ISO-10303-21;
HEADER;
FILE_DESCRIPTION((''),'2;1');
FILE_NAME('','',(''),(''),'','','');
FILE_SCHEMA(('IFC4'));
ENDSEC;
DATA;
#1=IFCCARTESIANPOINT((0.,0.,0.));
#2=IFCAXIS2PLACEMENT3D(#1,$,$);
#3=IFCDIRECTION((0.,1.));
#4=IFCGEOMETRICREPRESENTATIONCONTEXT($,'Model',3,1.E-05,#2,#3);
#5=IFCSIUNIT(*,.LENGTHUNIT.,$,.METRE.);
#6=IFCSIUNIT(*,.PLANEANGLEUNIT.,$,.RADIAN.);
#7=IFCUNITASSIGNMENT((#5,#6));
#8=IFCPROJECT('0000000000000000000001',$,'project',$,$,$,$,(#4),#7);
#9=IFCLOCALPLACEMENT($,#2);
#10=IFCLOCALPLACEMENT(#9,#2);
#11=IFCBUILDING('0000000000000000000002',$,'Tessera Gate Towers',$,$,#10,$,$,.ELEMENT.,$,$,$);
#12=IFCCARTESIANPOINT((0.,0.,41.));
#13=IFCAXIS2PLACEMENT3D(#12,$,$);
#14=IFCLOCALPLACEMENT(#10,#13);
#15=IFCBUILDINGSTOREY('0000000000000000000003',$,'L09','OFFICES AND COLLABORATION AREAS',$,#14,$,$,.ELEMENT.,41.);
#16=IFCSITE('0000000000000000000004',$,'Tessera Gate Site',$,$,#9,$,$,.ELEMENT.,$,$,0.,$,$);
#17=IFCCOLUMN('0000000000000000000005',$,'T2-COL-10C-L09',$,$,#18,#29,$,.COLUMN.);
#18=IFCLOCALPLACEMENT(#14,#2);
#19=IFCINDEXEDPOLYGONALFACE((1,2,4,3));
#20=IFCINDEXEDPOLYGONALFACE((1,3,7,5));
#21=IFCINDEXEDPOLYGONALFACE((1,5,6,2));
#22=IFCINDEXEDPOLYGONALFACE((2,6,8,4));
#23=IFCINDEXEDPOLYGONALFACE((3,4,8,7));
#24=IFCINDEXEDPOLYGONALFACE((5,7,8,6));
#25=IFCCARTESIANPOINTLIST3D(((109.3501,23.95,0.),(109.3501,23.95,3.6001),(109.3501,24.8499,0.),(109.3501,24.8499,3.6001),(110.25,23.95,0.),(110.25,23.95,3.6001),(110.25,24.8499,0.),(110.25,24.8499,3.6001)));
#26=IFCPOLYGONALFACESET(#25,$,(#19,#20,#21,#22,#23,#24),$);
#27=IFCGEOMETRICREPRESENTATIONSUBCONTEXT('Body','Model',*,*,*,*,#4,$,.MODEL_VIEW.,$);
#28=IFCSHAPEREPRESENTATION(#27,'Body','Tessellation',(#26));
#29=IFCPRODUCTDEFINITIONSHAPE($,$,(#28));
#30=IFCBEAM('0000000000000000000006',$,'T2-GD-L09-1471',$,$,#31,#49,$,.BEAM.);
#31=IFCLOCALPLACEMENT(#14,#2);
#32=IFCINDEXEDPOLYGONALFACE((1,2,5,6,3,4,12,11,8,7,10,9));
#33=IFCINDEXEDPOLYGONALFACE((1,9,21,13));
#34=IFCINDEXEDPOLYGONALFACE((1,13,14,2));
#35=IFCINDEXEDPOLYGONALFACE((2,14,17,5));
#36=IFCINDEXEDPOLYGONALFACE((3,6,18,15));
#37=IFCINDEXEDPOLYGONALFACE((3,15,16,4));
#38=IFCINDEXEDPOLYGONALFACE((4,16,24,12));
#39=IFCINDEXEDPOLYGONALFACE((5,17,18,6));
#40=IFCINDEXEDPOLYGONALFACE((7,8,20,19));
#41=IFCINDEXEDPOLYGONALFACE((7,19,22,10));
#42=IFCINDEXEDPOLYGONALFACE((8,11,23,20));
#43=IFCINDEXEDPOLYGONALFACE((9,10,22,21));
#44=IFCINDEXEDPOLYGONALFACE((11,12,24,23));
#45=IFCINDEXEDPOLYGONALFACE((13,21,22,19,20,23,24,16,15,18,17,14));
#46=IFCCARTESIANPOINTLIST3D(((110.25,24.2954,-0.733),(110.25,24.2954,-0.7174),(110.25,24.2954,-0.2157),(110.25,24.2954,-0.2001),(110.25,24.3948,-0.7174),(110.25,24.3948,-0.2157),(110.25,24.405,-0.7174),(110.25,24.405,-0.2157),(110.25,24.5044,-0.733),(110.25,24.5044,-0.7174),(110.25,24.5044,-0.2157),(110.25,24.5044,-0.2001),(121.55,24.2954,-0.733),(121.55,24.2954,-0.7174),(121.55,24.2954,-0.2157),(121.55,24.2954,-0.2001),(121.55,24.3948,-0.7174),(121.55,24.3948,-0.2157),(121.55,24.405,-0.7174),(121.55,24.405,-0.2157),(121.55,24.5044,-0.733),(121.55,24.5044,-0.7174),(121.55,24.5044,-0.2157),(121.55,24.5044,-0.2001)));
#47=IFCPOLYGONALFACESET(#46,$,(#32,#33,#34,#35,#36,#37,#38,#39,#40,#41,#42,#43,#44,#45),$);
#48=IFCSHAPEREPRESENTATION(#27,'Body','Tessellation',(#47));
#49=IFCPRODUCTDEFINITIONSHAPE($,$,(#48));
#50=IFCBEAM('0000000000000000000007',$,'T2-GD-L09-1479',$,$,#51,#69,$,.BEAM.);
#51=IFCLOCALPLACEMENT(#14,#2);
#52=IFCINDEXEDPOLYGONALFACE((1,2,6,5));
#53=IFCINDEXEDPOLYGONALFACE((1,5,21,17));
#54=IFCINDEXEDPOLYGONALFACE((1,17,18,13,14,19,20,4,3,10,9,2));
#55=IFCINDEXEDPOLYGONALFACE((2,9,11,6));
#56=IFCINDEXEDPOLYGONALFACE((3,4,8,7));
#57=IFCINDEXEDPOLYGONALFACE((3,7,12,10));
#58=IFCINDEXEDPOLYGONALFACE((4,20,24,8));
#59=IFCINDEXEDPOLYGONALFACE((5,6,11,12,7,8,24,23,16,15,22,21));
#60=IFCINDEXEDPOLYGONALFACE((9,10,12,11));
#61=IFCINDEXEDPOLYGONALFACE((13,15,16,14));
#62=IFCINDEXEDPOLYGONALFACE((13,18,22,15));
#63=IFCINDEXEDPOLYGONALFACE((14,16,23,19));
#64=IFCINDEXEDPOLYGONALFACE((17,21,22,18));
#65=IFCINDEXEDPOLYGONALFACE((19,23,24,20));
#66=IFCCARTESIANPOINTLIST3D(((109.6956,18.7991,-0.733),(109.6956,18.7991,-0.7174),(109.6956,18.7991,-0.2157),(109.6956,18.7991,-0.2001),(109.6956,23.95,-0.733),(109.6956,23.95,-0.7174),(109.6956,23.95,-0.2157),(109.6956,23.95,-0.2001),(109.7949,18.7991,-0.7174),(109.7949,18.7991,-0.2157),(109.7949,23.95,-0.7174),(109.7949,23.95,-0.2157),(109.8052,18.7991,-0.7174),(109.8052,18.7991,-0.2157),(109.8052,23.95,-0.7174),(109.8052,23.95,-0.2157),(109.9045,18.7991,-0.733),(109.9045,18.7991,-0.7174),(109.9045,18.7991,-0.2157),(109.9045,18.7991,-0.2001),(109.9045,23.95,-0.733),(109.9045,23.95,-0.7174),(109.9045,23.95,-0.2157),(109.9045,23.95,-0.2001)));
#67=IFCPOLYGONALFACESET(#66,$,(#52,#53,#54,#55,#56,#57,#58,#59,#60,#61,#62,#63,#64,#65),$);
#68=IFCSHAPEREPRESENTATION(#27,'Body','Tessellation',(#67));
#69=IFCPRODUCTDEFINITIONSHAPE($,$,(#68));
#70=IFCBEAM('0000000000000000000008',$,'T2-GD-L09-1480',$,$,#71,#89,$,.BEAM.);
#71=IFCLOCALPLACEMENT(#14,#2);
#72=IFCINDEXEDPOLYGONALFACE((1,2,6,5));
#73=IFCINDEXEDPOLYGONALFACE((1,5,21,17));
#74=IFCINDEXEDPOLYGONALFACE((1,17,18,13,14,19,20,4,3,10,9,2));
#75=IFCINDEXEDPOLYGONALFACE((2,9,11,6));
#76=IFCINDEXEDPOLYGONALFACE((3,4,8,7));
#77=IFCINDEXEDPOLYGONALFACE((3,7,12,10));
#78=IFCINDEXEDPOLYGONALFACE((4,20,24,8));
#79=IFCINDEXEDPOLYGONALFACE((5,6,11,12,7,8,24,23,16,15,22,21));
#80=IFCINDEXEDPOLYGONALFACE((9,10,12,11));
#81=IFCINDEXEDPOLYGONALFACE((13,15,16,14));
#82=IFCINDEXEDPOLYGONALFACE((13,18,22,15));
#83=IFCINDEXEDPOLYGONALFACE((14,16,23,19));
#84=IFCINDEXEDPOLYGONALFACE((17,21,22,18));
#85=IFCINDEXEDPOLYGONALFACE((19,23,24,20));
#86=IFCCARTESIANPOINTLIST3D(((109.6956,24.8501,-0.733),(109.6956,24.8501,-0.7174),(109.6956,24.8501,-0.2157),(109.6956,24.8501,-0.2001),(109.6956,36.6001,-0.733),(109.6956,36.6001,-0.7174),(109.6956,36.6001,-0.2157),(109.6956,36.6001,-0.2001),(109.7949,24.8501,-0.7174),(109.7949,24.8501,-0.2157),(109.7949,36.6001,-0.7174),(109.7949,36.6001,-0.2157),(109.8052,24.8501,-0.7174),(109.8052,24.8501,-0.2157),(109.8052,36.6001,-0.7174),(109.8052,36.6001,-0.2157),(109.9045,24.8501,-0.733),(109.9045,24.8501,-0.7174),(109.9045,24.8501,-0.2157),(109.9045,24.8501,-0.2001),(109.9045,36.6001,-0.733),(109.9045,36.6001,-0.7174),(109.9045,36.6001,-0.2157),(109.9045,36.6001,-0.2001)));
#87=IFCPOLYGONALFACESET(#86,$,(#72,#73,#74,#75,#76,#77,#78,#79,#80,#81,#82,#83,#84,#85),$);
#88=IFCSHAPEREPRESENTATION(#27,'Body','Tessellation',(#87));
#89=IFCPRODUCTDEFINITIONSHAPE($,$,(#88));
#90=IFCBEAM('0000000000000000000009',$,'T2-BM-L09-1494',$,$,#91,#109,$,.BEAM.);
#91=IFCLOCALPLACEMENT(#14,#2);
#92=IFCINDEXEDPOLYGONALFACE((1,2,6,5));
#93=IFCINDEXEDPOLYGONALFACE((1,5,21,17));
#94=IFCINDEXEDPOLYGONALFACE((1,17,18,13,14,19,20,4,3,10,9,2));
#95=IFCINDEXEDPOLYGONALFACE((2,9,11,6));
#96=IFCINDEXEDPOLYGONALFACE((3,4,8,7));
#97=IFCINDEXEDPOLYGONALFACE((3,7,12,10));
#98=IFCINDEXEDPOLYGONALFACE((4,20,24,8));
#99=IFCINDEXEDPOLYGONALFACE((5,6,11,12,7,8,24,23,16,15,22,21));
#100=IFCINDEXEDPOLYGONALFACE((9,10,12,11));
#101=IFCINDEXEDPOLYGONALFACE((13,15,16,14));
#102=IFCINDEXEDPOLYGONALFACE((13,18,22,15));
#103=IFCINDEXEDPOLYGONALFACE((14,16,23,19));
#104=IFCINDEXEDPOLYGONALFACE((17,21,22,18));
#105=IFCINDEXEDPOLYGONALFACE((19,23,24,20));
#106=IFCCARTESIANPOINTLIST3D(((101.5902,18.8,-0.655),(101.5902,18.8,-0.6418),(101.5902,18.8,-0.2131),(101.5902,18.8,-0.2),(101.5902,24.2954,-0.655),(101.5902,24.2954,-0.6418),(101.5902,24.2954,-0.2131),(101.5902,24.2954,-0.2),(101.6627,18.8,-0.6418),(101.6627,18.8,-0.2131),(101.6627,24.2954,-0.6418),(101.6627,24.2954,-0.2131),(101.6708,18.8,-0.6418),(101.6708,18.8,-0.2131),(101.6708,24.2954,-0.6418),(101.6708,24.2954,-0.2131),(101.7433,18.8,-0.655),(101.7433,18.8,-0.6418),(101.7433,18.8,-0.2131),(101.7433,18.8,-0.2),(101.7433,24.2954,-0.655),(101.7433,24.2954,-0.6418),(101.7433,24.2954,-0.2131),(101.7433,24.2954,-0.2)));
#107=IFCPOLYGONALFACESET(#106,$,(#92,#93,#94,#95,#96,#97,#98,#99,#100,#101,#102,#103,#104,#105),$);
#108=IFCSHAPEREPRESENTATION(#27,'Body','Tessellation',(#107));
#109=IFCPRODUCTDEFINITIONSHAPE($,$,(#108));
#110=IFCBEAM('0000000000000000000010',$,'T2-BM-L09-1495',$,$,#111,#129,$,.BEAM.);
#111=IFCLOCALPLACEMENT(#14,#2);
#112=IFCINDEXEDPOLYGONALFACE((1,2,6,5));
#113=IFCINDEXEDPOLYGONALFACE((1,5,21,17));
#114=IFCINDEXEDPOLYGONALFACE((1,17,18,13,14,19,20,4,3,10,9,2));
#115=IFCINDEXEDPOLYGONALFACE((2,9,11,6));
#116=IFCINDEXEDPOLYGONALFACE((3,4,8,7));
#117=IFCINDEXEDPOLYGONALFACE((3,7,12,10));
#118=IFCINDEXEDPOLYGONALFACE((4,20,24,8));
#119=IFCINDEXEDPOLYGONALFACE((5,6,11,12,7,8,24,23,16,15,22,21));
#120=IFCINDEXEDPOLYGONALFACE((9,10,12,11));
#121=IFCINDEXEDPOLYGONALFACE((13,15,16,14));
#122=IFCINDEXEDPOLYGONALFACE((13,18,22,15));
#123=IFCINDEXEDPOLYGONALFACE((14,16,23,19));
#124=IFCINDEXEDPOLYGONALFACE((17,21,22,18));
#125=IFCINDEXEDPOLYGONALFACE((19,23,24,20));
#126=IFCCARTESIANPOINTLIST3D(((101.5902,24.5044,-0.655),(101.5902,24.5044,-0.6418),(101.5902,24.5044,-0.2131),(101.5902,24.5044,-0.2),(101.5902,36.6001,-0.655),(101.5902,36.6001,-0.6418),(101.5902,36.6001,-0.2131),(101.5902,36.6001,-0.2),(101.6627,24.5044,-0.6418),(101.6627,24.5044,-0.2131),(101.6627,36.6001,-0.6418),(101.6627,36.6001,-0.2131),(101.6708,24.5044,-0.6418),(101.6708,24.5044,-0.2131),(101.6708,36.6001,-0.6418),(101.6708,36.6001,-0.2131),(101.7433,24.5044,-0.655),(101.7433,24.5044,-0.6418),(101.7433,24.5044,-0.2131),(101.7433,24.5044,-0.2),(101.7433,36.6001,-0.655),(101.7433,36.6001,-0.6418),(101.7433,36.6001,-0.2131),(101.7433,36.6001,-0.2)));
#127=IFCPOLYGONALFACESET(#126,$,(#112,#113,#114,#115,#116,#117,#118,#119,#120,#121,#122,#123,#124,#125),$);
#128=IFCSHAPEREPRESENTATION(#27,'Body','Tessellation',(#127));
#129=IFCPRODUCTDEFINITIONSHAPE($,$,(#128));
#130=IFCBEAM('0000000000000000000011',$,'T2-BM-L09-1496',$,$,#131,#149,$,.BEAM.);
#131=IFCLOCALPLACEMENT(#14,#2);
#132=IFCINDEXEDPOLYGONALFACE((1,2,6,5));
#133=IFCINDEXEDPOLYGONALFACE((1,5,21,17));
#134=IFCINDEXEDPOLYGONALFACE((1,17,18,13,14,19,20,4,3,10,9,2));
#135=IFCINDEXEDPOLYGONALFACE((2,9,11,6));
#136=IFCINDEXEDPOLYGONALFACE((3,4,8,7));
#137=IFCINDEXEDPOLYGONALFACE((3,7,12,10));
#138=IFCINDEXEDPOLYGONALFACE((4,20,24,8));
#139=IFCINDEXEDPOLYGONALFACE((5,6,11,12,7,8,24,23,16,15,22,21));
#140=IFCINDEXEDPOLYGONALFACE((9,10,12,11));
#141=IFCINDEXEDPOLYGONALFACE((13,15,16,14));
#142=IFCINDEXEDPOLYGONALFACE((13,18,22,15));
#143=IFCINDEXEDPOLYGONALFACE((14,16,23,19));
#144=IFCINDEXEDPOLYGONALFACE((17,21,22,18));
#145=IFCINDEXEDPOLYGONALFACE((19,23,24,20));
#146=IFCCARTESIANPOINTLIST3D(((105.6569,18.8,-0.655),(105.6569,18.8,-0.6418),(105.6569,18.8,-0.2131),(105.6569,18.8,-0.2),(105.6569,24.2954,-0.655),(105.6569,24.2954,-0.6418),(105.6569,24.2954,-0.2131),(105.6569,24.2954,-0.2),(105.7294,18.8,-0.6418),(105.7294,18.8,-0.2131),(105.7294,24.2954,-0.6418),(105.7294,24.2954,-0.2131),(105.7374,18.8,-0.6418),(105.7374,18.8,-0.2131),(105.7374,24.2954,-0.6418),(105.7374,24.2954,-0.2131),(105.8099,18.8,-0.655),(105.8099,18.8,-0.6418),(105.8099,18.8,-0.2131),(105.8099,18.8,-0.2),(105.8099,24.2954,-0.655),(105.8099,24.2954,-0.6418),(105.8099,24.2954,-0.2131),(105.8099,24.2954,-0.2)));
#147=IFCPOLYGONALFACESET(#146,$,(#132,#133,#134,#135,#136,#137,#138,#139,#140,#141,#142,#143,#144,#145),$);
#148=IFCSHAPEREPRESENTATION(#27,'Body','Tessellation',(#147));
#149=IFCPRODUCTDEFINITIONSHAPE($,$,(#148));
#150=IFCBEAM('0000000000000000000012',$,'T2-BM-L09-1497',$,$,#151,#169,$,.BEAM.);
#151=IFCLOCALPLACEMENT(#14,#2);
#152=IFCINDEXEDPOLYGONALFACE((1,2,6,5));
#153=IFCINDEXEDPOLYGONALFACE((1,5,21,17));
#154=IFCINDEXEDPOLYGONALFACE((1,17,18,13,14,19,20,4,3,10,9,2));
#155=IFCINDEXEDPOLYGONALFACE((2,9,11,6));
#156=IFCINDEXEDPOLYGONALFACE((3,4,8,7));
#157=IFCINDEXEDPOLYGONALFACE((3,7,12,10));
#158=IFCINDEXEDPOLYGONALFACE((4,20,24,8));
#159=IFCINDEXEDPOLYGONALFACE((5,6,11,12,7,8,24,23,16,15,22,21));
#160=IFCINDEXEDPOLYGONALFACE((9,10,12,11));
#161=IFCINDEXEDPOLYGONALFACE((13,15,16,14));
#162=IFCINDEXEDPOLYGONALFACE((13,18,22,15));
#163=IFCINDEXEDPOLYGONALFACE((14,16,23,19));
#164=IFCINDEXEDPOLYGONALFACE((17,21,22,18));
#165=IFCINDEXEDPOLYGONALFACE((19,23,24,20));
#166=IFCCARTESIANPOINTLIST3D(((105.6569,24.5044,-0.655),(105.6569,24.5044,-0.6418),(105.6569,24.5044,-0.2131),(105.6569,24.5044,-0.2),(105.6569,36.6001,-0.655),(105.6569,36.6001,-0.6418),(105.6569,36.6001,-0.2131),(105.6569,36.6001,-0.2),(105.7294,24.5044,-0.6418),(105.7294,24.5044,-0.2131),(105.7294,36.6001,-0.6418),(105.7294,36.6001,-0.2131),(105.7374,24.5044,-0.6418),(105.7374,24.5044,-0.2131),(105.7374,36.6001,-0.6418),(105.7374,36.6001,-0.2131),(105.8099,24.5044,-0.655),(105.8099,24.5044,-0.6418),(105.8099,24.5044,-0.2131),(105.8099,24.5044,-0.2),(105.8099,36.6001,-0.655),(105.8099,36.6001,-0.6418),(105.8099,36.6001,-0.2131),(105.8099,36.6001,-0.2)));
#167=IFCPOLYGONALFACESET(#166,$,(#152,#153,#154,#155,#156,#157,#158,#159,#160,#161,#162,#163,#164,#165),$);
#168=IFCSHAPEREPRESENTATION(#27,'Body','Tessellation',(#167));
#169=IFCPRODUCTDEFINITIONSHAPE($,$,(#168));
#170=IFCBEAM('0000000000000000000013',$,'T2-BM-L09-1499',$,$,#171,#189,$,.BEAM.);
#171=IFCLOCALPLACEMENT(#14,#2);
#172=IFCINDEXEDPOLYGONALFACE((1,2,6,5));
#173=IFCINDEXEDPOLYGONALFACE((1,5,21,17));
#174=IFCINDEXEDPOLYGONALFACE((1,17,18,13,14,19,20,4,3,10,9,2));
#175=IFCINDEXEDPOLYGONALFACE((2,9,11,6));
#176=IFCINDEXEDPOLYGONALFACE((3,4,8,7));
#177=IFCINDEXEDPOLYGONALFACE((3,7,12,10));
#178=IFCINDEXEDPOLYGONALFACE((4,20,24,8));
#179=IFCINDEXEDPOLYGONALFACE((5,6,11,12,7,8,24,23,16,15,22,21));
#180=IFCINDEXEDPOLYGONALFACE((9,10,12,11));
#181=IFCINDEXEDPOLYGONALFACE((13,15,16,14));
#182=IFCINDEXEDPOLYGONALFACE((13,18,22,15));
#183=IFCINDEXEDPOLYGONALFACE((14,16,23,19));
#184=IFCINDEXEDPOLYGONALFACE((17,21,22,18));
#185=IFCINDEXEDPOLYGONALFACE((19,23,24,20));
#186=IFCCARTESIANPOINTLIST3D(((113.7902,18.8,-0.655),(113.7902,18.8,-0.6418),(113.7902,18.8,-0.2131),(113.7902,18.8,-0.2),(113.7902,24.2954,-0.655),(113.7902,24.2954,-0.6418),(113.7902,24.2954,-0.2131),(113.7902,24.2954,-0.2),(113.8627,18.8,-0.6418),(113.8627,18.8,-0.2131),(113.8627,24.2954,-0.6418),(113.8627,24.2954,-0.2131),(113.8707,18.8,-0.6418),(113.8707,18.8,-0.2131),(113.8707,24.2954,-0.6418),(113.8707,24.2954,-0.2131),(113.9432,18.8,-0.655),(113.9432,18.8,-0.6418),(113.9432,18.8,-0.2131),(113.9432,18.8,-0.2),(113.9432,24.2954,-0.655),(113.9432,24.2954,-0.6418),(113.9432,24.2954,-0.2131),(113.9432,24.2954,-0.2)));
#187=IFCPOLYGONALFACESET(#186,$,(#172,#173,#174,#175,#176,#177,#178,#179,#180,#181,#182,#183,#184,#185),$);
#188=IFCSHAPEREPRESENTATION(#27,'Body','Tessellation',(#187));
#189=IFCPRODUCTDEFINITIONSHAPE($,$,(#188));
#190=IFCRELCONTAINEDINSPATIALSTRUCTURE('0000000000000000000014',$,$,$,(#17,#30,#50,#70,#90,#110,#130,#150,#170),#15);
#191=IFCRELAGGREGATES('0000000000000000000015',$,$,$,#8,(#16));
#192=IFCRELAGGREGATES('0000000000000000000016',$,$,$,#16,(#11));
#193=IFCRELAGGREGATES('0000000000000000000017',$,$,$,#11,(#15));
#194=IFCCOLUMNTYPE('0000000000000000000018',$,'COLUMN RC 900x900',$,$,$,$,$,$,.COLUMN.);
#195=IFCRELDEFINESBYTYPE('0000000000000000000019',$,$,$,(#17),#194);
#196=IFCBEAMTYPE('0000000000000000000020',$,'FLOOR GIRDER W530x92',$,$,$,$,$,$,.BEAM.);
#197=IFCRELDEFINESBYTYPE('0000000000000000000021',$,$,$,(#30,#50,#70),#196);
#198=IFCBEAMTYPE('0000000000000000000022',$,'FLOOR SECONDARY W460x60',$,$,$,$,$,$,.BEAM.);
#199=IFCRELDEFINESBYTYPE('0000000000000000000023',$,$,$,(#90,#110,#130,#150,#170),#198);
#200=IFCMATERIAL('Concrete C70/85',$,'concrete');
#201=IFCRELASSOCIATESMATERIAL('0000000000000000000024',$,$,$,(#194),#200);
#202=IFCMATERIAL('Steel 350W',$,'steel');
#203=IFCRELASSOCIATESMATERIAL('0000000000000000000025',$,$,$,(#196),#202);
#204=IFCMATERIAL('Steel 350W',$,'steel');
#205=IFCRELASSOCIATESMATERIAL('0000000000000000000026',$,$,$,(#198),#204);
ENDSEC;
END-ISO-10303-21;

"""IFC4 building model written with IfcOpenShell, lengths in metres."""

from ifc_helpers import new_model, si_unit, direction, frame, origin, origin_2d, place, context, subcontext, project, spatial, rectangle, i_section, extrude, material, material_profile, profile_set, type_object, element, save


model = new_model("IFC4")

# Units and contexts
model_context = context("Model", 3, precision=1e-05, world=origin(), true_north=direction((0.0, 1.0)))
body_context = subcontext(model_context, "Body", "Model", "MODEL_VIEW")
ifc_project = project(units=[si_unit("LENGTHUNIT", "METRE"), si_unit("PLANEANGLEUNIT", "RADIAN")], contexts=[model_context])

# Site, building, storey
site_placement = place(None, origin())
site = spatial("IfcSite", under=ifc_project, at=site_placement, Name="Tessera Gate Site", CompositionType="ELEMENT", RefElevation=0.0)
building_placement = place(site_placement, origin())
building = spatial("IfcBuilding", under=site, at=building_placement, Name="Tessera Gate Towers", CompositionType="ELEMENT")
storey_placement = place(building_placement, frame((0.0, 0.0, 41.0)))
storey = spatial("IfcBuildingStorey", under=building, at=storey_placement, Name="L09", Description="OFFICES AND COLLABORATION AREAS", CompositionType="ELEMENT", Elevation=41.0)

# Column
ifc_material_1 = material(Name="Concrete C70/85", Category="concrete")
ifc_material_profile_1 = material_profile(ifc_material_1, rectangle(XDim=0.8999, YDim=0.8999, at=origin_2d()), Name="RC 900x900")
ifc_profile_set_1 = profile_set([ifc_material_profile_1], Name="Concrete C70/85")
column_type = type_object("IfcColumnType", Name="COLUMN RC 900x900", PredefinedType="COLUMN", material=ifc_profile_set_1)
column_placement = place(storey_placement, frame((109.8, 24.3999, 0.0), z_axis=(0.0, 0.0, 1.0), x_axis=(1.0, 0.0, 0.0)))
element("IfcColumn", 1, at=column_placement, inside=storey, type_object=column_type, Name="T2-COL-10C-L09", PredefinedType="COLUMN", context=body_context, shape_type="SweptSolid", body=[
    extrude(rectangle(XDim=0.8999, YDim=0.8999, at=origin_2d()), origin(), (0.0, 0.0, 1.0), 3.6001),
])

# Beams
ifc_material_2 = material(Name="Steel 350W", Category="steel")
ifc_material_profile_2 = material_profile(ifc_material_2, i_section(OverallWidth=0.209, OverallDepth=0.533, WebThickness=0.0103, FlangeThickness=0.0156, at=origin_2d()), Name="W530x92")
ifc_profile_set_2 = profile_set([ifc_material_profile_2], Name="Steel 350W")
beam_type_1 = type_object("IfcBeamType", Name="FLOOR GIRDER W530x92", PredefinedType="BEAM", material=ifc_profile_set_2)
beam_1_placement = place(storey_placement, frame((110.25, 24.3999, -0.4666), z_axis=(1.0, 0.0, 0.0), x_axis=(0.0, 1.0, 0.0)))
element("IfcBeam", 2, at=beam_1_placement, inside=storey, type_object=beam_type_1, Name="T2-GD-L09-1471", PredefinedType="BEAM", context=body_context, shape_type="SweptSolid", body=[
    extrude(i_section(OverallWidth=0.209, OverallDepth=0.533, WebThickness=0.0103, FlangeThickness=0.0156, at=origin_2d()), origin(), (0.0, 0.0, 1.0), 11.3),
])
beam_2_placement = place(storey_placement, frame((109.8, 18.7991, -0.4666), z_axis=(0.0, 1.0, 0.0), x_axis=(-1.0, 0.0, 0.0)))
element("IfcBeam", 3, at=beam_2_placement, inside=storey, type_object=beam_type_1, Name="T2-GD-L09-1479", PredefinedType="BEAM", context=body_context, shape_type="SweptSolid", body=[
    extrude(i_section(OverallWidth=0.209, OverallDepth=0.533, WebThickness=0.0103, FlangeThickness=0.0156, at=origin_2d()), origin(), (0.0, 0.0, 1.0), 5.1509),
])
beam_3_placement = place(storey_placement, frame((109.8, 24.8501, -0.4666), z_axis=(0.0, 1.0, 0.0), x_axis=(-1.0, 0.0, 0.0)))
element("IfcBeam", 4, at=beam_3_placement, inside=storey, type_object=beam_type_1, Name="T2-GD-L09-1480", PredefinedType="BEAM", context=body_context, shape_type="SweptSolid", body=[
    extrude(i_section(OverallWidth=0.209, OverallDepth=0.533, WebThickness=0.0103, FlangeThickness=0.0156, at=origin_2d()), origin(), (0.0, 0.0, 1.0), 11.75),
])
ifc_material_3 = material(Name="Steel 350W", Category="steel")
ifc_material_profile_3 = material_profile(ifc_material_3, i_section(OverallWidth=0.1531, OverallDepth=0.4551, WebThickness=0.0081, FlangeThickness=0.0132, at=origin_2d()), Name="W460x60")
ifc_profile_set_3 = profile_set([ifc_material_profile_3], Name="Steel 350W")
beam_type_2 = type_object("IfcBeamType", Name="FLOOR SECONDARY W460x60", PredefinedType="BEAM", material=ifc_profile_set_3)
beam_4_placement = place(storey_placement, frame((101.6667, 18.8, -0.4275), z_axis=(0.0, 1.0, 0.0), x_axis=(-1.0, 0.0, 0.0)))
element("IfcBeam", 5, at=beam_4_placement, inside=storey, type_object=beam_type_2, Name="T2-BM-L09-1494", PredefinedType="BEAM", context=body_context, shape_type="SweptSolid", body=[
    extrude(i_section(OverallWidth=0.1531, OverallDepth=0.4551, WebThickness=0.0081, FlangeThickness=0.0132, at=origin_2d()), origin(), (0.0, 0.0, 1.0), 5.4954),
])
beam_5_placement = place(storey_placement, frame((101.6667, 24.5044, -0.4275), z_axis=(0.0, 1.0, 0.0), x_axis=(-1.0, 0.0, 0.0)))
element("IfcBeam", 6, at=beam_5_placement, inside=storey, type_object=beam_type_2, Name="T2-BM-L09-1495", PredefinedType="BEAM", context=body_context, shape_type="SweptSolid", body=[
    extrude(i_section(OverallWidth=0.1531, OverallDepth=0.4551, WebThickness=0.0081, FlangeThickness=0.0132, at=origin_2d()), origin(), (0.0, 0.0, 1.0), 12.0957),
])
beam_6_placement = place(storey_placement, frame((105.7334, 18.8, -0.4275), z_axis=(0.0, 1.0, 0.0), x_axis=(-1.0, 0.0, 0.0)))
element("IfcBeam", 7, at=beam_6_placement, inside=storey, type_object=beam_type_2, Name="T2-BM-L09-1496", PredefinedType="BEAM", context=body_context, shape_type="SweptSolid", body=[
    extrude(i_section(OverallWidth=0.1531, OverallDepth=0.4551, WebThickness=0.0081, FlangeThickness=0.0132, at=origin_2d()), origin(), (0.0, 0.0, 1.0), 5.4954),
])
beam_7_placement = place(storey_placement, frame((105.7334, 24.5044, -0.4275), z_axis=(0.0, 1.0, 0.0), x_axis=(-1.0, 0.0, 0.0)))
element("IfcBeam", 8, at=beam_7_placement, inside=storey, type_object=beam_type_2, Name="T2-BM-L09-1497", PredefinedType="BEAM", context=body_context, shape_type="SweptSolid", body=[
    extrude(i_section(OverallWidth=0.1531, OverallDepth=0.4551, WebThickness=0.0081, FlangeThickness=0.0132, at=origin_2d()), origin(), (0.0, 0.0, 1.0), 12.0957),
])
beam_8_placement = place(storey_placement, frame((113.8667, 18.8, -0.4275), z_axis=(0.0, 1.0, 0.0), x_axis=(-1.0, 0.0, 0.0)))
element("IfcBeam", 9, at=beam_8_placement, inside=storey, type_object=beam_type_2, Name="T2-BM-L09-1499", PredefinedType="BEAM", context=body_context, shape_type="SweptSolid", body=[
    extrude(i_section(OverallWidth=0.1531, OverallDepth=0.4551, WebThickness=0.0081, FlangeThickness=0.0132, at=origin_2d()), origin(), (0.0, 0.0, 1.0), 5.4954),
])

save(model, "model.ifc")
